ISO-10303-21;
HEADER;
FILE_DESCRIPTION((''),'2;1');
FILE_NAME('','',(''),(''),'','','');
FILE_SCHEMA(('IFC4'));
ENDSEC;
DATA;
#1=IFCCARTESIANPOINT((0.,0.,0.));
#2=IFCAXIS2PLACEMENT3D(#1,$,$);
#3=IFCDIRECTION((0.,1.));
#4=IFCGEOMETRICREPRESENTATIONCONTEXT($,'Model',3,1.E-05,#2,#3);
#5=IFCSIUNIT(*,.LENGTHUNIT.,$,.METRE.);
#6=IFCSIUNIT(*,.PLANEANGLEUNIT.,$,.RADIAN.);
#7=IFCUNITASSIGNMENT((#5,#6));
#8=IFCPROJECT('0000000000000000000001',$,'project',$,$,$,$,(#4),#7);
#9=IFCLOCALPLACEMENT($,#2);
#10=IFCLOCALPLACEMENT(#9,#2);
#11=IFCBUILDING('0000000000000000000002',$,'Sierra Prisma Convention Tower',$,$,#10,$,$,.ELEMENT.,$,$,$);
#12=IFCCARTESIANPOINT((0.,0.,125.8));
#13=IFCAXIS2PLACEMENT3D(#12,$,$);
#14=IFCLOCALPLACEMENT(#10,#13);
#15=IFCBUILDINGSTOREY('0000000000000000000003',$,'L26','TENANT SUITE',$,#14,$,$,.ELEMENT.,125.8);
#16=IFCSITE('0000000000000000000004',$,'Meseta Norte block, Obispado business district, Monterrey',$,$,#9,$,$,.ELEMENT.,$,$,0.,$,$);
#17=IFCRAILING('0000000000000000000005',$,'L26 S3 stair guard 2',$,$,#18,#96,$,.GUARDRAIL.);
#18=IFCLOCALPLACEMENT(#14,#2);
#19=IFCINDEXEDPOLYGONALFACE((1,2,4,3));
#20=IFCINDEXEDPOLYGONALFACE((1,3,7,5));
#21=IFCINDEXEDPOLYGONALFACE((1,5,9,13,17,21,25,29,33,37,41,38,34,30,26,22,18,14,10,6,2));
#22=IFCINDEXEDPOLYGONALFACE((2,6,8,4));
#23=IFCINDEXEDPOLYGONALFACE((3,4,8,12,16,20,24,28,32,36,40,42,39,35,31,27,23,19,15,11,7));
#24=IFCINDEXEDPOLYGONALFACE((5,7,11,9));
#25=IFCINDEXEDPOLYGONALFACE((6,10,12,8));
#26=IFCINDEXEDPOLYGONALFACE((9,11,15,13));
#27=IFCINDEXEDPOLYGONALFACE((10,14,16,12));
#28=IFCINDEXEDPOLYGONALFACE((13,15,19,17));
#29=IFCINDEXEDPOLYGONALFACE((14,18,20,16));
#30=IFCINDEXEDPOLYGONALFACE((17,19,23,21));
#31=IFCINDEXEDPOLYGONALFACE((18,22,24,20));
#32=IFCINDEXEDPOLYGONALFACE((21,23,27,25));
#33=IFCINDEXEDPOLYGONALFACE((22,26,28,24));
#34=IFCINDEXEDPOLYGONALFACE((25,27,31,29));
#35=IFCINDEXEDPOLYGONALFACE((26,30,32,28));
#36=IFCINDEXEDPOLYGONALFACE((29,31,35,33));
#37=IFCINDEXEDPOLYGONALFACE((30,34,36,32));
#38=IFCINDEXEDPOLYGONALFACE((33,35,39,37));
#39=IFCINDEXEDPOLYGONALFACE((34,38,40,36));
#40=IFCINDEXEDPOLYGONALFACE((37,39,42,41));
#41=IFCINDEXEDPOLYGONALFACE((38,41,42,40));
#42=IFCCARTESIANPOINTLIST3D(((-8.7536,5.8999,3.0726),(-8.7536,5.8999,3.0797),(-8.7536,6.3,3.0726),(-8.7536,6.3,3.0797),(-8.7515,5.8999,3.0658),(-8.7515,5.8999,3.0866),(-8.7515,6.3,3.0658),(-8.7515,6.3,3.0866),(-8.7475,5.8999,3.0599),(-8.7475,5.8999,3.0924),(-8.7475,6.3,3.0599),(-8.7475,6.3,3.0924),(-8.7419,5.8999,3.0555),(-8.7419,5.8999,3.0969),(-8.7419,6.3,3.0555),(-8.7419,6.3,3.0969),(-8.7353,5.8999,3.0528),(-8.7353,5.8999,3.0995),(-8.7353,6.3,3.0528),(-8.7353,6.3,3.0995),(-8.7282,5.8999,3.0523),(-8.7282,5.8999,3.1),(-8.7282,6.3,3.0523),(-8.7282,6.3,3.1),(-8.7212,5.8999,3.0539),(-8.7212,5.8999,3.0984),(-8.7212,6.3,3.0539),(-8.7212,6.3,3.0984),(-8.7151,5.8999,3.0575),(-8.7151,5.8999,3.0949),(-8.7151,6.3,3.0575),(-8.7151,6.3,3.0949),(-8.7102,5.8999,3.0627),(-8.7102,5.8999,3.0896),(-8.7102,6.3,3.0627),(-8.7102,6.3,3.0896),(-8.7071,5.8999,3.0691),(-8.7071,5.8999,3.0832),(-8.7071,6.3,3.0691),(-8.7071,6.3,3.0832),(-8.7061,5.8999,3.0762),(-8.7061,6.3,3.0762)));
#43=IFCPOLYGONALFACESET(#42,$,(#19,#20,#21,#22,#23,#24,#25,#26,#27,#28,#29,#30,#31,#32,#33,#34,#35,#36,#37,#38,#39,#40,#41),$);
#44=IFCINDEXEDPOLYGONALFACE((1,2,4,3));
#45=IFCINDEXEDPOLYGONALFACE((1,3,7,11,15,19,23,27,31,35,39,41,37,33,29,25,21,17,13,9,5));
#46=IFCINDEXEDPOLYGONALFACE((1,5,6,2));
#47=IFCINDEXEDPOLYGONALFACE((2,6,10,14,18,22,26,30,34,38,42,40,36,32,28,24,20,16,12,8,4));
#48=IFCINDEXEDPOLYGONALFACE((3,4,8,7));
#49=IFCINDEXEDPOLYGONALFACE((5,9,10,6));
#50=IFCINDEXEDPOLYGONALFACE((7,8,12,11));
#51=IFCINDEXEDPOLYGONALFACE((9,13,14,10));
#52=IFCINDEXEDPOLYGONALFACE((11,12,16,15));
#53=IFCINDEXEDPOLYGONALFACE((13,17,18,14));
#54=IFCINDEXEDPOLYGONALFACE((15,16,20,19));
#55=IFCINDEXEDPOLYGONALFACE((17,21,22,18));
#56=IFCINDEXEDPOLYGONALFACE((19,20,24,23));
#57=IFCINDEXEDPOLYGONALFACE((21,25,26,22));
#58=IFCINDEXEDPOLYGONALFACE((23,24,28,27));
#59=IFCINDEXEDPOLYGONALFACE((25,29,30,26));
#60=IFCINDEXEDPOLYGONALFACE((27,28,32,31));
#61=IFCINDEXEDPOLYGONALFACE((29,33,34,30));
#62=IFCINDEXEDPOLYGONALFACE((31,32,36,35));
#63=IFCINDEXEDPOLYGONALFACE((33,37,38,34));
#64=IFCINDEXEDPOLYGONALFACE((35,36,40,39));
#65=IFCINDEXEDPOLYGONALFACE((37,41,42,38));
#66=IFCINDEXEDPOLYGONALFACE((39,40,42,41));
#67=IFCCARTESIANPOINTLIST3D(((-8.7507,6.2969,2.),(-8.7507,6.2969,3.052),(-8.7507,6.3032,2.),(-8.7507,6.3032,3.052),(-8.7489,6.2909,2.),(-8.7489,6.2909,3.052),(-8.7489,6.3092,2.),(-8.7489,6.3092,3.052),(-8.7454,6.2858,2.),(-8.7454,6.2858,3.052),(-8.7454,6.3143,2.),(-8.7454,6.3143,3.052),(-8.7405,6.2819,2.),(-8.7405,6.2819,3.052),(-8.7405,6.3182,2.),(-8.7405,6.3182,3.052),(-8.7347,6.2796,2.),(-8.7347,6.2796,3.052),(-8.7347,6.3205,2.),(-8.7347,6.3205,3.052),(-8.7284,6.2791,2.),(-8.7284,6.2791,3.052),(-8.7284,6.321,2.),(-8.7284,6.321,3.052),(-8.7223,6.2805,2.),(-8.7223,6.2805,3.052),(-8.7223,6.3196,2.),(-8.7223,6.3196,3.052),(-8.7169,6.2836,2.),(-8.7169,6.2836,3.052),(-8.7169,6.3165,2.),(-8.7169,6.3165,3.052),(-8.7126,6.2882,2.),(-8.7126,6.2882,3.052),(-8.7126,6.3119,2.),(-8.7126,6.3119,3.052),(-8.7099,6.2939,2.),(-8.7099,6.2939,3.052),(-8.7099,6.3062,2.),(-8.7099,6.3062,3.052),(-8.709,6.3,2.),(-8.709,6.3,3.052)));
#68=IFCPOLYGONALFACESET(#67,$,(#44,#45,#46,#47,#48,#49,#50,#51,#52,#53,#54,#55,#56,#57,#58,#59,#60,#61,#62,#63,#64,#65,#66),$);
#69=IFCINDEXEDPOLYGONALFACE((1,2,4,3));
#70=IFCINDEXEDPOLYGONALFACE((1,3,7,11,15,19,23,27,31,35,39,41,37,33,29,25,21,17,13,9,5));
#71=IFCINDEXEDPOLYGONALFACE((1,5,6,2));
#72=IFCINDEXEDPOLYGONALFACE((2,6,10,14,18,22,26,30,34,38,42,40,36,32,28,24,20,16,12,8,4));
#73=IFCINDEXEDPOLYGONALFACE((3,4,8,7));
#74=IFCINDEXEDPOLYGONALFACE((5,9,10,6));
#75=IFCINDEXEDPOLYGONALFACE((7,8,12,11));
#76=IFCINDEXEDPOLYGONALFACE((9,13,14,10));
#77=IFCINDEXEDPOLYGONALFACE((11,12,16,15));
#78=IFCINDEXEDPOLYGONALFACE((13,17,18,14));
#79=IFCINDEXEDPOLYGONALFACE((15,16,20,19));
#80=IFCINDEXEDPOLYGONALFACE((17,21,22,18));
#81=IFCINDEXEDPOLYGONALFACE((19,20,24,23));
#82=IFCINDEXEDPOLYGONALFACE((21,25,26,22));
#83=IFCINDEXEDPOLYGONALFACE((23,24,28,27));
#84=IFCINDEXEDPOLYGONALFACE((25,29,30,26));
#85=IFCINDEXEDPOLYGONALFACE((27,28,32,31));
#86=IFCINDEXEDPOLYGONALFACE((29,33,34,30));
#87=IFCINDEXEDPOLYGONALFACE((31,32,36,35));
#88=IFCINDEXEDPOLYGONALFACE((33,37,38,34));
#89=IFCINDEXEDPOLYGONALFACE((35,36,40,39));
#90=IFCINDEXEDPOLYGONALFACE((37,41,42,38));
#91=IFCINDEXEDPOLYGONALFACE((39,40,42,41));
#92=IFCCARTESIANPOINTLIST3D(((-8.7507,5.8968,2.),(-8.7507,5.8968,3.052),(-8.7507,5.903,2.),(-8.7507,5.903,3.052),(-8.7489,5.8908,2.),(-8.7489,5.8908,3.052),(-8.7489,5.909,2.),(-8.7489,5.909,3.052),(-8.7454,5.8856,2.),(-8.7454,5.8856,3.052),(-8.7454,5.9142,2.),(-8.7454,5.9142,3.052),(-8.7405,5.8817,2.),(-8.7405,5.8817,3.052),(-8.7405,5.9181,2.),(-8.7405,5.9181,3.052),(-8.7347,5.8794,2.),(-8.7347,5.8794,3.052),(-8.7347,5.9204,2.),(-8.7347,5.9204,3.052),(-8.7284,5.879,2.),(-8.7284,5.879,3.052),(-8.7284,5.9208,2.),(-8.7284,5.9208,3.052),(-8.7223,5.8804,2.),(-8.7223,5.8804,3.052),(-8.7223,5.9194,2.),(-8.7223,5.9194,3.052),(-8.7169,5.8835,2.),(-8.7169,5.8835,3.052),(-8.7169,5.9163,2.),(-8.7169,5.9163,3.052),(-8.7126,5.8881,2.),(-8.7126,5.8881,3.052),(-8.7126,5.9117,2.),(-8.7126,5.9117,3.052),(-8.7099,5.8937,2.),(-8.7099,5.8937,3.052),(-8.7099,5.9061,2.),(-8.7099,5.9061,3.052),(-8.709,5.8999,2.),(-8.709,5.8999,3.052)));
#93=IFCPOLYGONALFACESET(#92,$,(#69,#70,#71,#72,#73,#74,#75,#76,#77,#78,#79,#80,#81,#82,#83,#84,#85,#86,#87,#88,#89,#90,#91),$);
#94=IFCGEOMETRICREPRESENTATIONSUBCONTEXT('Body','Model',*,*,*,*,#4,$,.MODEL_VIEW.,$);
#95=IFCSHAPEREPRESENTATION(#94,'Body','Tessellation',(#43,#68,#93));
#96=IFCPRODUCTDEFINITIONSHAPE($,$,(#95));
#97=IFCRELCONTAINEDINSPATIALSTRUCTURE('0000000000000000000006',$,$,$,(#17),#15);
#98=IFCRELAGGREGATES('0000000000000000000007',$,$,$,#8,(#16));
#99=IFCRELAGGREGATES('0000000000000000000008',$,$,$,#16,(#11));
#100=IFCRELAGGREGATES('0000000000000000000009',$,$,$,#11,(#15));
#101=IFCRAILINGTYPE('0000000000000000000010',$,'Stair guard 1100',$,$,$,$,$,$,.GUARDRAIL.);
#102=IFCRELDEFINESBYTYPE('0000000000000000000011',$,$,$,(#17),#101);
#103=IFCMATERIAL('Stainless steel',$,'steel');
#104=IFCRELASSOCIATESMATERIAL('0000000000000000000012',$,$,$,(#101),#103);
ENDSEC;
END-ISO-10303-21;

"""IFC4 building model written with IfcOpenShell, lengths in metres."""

from ifc_helpers import new_model, si_unit, direction, frame, origin, origin_2d, place, context, subcontext, project, spatial, circle, extrude, material, type_object, element, save


model = new_model("IFC4")

# Units and contexts
model_context = context("Model", 3, precision=1e-05, world=origin(), true_north=direction((0.0, 1.0)))
body_context = subcontext(model_context, "Body", "Model", "MODEL_VIEW")
ifc_project = project(units=[si_unit("LENGTHUNIT", "METRE"), si_unit("PLANEANGLEUNIT", "RADIAN")], contexts=[model_context])

# Site, building, storey
site_placement = place(None, origin())
site = spatial("IfcSite", under=ifc_project, at=site_placement, Name="Meseta Norte block, Obispado business district, Monterrey", CompositionType="ELEMENT", RefElevation=0.0)
building_placement = place(site_placement, origin())
building = spatial("IfcBuilding", under=site, at=building_placement, Name="Sierra Prisma Convention Tower", CompositionType="ELEMENT")
storey_placement = place(building_placement, frame((0.0, 0.0, 125.8)))
storey = spatial("IfcBuildingStorey", under=building, at=storey_placement, Name="L26", Description="TENANT SUITE", CompositionType="ELEMENT", Elevation=125.8)

# Railing
ifc_material_1 = material(Name="Stainless steel", Category="steel")
railing_type_1 = type_object("IfcRailingType", Name="Stair guard 1100", PredefinedType="GUARDRAIL", material=ifc_material_1)
railing_1_placement = place(storey_placement, frame((-8.73, 6.3, 2.0)))
element("IfcRailing", 1, at=railing_1_placement, inside=storey, type_object=railing_type_1, Name="L26 S3 stair guard 2", PredefinedType="GUARDRAIL", context=body_context, shape_type="SweptSolid", body=[
    extrude(circle(Radius=0.0239, at=origin_2d()), frame((0.0, 0.0, 1.0762), z_axis=(0.0, -1.0, 0.0), x_axis=(1.0, 0.0, 0.0)), (0.0, 0.0, 1.0), 0.4001),
    extrude(circle(Radius=0.021, at=origin_2d()), origin(), (0.0, 0.0, 1.0), 1.052),
    extrude(circle(Radius=0.021, at=origin_2d()), frame((0.0, -0.4001, 0.0)), (0.0, 0.0, 1.0), 1.052),
])

save(model, "model.ifc")
